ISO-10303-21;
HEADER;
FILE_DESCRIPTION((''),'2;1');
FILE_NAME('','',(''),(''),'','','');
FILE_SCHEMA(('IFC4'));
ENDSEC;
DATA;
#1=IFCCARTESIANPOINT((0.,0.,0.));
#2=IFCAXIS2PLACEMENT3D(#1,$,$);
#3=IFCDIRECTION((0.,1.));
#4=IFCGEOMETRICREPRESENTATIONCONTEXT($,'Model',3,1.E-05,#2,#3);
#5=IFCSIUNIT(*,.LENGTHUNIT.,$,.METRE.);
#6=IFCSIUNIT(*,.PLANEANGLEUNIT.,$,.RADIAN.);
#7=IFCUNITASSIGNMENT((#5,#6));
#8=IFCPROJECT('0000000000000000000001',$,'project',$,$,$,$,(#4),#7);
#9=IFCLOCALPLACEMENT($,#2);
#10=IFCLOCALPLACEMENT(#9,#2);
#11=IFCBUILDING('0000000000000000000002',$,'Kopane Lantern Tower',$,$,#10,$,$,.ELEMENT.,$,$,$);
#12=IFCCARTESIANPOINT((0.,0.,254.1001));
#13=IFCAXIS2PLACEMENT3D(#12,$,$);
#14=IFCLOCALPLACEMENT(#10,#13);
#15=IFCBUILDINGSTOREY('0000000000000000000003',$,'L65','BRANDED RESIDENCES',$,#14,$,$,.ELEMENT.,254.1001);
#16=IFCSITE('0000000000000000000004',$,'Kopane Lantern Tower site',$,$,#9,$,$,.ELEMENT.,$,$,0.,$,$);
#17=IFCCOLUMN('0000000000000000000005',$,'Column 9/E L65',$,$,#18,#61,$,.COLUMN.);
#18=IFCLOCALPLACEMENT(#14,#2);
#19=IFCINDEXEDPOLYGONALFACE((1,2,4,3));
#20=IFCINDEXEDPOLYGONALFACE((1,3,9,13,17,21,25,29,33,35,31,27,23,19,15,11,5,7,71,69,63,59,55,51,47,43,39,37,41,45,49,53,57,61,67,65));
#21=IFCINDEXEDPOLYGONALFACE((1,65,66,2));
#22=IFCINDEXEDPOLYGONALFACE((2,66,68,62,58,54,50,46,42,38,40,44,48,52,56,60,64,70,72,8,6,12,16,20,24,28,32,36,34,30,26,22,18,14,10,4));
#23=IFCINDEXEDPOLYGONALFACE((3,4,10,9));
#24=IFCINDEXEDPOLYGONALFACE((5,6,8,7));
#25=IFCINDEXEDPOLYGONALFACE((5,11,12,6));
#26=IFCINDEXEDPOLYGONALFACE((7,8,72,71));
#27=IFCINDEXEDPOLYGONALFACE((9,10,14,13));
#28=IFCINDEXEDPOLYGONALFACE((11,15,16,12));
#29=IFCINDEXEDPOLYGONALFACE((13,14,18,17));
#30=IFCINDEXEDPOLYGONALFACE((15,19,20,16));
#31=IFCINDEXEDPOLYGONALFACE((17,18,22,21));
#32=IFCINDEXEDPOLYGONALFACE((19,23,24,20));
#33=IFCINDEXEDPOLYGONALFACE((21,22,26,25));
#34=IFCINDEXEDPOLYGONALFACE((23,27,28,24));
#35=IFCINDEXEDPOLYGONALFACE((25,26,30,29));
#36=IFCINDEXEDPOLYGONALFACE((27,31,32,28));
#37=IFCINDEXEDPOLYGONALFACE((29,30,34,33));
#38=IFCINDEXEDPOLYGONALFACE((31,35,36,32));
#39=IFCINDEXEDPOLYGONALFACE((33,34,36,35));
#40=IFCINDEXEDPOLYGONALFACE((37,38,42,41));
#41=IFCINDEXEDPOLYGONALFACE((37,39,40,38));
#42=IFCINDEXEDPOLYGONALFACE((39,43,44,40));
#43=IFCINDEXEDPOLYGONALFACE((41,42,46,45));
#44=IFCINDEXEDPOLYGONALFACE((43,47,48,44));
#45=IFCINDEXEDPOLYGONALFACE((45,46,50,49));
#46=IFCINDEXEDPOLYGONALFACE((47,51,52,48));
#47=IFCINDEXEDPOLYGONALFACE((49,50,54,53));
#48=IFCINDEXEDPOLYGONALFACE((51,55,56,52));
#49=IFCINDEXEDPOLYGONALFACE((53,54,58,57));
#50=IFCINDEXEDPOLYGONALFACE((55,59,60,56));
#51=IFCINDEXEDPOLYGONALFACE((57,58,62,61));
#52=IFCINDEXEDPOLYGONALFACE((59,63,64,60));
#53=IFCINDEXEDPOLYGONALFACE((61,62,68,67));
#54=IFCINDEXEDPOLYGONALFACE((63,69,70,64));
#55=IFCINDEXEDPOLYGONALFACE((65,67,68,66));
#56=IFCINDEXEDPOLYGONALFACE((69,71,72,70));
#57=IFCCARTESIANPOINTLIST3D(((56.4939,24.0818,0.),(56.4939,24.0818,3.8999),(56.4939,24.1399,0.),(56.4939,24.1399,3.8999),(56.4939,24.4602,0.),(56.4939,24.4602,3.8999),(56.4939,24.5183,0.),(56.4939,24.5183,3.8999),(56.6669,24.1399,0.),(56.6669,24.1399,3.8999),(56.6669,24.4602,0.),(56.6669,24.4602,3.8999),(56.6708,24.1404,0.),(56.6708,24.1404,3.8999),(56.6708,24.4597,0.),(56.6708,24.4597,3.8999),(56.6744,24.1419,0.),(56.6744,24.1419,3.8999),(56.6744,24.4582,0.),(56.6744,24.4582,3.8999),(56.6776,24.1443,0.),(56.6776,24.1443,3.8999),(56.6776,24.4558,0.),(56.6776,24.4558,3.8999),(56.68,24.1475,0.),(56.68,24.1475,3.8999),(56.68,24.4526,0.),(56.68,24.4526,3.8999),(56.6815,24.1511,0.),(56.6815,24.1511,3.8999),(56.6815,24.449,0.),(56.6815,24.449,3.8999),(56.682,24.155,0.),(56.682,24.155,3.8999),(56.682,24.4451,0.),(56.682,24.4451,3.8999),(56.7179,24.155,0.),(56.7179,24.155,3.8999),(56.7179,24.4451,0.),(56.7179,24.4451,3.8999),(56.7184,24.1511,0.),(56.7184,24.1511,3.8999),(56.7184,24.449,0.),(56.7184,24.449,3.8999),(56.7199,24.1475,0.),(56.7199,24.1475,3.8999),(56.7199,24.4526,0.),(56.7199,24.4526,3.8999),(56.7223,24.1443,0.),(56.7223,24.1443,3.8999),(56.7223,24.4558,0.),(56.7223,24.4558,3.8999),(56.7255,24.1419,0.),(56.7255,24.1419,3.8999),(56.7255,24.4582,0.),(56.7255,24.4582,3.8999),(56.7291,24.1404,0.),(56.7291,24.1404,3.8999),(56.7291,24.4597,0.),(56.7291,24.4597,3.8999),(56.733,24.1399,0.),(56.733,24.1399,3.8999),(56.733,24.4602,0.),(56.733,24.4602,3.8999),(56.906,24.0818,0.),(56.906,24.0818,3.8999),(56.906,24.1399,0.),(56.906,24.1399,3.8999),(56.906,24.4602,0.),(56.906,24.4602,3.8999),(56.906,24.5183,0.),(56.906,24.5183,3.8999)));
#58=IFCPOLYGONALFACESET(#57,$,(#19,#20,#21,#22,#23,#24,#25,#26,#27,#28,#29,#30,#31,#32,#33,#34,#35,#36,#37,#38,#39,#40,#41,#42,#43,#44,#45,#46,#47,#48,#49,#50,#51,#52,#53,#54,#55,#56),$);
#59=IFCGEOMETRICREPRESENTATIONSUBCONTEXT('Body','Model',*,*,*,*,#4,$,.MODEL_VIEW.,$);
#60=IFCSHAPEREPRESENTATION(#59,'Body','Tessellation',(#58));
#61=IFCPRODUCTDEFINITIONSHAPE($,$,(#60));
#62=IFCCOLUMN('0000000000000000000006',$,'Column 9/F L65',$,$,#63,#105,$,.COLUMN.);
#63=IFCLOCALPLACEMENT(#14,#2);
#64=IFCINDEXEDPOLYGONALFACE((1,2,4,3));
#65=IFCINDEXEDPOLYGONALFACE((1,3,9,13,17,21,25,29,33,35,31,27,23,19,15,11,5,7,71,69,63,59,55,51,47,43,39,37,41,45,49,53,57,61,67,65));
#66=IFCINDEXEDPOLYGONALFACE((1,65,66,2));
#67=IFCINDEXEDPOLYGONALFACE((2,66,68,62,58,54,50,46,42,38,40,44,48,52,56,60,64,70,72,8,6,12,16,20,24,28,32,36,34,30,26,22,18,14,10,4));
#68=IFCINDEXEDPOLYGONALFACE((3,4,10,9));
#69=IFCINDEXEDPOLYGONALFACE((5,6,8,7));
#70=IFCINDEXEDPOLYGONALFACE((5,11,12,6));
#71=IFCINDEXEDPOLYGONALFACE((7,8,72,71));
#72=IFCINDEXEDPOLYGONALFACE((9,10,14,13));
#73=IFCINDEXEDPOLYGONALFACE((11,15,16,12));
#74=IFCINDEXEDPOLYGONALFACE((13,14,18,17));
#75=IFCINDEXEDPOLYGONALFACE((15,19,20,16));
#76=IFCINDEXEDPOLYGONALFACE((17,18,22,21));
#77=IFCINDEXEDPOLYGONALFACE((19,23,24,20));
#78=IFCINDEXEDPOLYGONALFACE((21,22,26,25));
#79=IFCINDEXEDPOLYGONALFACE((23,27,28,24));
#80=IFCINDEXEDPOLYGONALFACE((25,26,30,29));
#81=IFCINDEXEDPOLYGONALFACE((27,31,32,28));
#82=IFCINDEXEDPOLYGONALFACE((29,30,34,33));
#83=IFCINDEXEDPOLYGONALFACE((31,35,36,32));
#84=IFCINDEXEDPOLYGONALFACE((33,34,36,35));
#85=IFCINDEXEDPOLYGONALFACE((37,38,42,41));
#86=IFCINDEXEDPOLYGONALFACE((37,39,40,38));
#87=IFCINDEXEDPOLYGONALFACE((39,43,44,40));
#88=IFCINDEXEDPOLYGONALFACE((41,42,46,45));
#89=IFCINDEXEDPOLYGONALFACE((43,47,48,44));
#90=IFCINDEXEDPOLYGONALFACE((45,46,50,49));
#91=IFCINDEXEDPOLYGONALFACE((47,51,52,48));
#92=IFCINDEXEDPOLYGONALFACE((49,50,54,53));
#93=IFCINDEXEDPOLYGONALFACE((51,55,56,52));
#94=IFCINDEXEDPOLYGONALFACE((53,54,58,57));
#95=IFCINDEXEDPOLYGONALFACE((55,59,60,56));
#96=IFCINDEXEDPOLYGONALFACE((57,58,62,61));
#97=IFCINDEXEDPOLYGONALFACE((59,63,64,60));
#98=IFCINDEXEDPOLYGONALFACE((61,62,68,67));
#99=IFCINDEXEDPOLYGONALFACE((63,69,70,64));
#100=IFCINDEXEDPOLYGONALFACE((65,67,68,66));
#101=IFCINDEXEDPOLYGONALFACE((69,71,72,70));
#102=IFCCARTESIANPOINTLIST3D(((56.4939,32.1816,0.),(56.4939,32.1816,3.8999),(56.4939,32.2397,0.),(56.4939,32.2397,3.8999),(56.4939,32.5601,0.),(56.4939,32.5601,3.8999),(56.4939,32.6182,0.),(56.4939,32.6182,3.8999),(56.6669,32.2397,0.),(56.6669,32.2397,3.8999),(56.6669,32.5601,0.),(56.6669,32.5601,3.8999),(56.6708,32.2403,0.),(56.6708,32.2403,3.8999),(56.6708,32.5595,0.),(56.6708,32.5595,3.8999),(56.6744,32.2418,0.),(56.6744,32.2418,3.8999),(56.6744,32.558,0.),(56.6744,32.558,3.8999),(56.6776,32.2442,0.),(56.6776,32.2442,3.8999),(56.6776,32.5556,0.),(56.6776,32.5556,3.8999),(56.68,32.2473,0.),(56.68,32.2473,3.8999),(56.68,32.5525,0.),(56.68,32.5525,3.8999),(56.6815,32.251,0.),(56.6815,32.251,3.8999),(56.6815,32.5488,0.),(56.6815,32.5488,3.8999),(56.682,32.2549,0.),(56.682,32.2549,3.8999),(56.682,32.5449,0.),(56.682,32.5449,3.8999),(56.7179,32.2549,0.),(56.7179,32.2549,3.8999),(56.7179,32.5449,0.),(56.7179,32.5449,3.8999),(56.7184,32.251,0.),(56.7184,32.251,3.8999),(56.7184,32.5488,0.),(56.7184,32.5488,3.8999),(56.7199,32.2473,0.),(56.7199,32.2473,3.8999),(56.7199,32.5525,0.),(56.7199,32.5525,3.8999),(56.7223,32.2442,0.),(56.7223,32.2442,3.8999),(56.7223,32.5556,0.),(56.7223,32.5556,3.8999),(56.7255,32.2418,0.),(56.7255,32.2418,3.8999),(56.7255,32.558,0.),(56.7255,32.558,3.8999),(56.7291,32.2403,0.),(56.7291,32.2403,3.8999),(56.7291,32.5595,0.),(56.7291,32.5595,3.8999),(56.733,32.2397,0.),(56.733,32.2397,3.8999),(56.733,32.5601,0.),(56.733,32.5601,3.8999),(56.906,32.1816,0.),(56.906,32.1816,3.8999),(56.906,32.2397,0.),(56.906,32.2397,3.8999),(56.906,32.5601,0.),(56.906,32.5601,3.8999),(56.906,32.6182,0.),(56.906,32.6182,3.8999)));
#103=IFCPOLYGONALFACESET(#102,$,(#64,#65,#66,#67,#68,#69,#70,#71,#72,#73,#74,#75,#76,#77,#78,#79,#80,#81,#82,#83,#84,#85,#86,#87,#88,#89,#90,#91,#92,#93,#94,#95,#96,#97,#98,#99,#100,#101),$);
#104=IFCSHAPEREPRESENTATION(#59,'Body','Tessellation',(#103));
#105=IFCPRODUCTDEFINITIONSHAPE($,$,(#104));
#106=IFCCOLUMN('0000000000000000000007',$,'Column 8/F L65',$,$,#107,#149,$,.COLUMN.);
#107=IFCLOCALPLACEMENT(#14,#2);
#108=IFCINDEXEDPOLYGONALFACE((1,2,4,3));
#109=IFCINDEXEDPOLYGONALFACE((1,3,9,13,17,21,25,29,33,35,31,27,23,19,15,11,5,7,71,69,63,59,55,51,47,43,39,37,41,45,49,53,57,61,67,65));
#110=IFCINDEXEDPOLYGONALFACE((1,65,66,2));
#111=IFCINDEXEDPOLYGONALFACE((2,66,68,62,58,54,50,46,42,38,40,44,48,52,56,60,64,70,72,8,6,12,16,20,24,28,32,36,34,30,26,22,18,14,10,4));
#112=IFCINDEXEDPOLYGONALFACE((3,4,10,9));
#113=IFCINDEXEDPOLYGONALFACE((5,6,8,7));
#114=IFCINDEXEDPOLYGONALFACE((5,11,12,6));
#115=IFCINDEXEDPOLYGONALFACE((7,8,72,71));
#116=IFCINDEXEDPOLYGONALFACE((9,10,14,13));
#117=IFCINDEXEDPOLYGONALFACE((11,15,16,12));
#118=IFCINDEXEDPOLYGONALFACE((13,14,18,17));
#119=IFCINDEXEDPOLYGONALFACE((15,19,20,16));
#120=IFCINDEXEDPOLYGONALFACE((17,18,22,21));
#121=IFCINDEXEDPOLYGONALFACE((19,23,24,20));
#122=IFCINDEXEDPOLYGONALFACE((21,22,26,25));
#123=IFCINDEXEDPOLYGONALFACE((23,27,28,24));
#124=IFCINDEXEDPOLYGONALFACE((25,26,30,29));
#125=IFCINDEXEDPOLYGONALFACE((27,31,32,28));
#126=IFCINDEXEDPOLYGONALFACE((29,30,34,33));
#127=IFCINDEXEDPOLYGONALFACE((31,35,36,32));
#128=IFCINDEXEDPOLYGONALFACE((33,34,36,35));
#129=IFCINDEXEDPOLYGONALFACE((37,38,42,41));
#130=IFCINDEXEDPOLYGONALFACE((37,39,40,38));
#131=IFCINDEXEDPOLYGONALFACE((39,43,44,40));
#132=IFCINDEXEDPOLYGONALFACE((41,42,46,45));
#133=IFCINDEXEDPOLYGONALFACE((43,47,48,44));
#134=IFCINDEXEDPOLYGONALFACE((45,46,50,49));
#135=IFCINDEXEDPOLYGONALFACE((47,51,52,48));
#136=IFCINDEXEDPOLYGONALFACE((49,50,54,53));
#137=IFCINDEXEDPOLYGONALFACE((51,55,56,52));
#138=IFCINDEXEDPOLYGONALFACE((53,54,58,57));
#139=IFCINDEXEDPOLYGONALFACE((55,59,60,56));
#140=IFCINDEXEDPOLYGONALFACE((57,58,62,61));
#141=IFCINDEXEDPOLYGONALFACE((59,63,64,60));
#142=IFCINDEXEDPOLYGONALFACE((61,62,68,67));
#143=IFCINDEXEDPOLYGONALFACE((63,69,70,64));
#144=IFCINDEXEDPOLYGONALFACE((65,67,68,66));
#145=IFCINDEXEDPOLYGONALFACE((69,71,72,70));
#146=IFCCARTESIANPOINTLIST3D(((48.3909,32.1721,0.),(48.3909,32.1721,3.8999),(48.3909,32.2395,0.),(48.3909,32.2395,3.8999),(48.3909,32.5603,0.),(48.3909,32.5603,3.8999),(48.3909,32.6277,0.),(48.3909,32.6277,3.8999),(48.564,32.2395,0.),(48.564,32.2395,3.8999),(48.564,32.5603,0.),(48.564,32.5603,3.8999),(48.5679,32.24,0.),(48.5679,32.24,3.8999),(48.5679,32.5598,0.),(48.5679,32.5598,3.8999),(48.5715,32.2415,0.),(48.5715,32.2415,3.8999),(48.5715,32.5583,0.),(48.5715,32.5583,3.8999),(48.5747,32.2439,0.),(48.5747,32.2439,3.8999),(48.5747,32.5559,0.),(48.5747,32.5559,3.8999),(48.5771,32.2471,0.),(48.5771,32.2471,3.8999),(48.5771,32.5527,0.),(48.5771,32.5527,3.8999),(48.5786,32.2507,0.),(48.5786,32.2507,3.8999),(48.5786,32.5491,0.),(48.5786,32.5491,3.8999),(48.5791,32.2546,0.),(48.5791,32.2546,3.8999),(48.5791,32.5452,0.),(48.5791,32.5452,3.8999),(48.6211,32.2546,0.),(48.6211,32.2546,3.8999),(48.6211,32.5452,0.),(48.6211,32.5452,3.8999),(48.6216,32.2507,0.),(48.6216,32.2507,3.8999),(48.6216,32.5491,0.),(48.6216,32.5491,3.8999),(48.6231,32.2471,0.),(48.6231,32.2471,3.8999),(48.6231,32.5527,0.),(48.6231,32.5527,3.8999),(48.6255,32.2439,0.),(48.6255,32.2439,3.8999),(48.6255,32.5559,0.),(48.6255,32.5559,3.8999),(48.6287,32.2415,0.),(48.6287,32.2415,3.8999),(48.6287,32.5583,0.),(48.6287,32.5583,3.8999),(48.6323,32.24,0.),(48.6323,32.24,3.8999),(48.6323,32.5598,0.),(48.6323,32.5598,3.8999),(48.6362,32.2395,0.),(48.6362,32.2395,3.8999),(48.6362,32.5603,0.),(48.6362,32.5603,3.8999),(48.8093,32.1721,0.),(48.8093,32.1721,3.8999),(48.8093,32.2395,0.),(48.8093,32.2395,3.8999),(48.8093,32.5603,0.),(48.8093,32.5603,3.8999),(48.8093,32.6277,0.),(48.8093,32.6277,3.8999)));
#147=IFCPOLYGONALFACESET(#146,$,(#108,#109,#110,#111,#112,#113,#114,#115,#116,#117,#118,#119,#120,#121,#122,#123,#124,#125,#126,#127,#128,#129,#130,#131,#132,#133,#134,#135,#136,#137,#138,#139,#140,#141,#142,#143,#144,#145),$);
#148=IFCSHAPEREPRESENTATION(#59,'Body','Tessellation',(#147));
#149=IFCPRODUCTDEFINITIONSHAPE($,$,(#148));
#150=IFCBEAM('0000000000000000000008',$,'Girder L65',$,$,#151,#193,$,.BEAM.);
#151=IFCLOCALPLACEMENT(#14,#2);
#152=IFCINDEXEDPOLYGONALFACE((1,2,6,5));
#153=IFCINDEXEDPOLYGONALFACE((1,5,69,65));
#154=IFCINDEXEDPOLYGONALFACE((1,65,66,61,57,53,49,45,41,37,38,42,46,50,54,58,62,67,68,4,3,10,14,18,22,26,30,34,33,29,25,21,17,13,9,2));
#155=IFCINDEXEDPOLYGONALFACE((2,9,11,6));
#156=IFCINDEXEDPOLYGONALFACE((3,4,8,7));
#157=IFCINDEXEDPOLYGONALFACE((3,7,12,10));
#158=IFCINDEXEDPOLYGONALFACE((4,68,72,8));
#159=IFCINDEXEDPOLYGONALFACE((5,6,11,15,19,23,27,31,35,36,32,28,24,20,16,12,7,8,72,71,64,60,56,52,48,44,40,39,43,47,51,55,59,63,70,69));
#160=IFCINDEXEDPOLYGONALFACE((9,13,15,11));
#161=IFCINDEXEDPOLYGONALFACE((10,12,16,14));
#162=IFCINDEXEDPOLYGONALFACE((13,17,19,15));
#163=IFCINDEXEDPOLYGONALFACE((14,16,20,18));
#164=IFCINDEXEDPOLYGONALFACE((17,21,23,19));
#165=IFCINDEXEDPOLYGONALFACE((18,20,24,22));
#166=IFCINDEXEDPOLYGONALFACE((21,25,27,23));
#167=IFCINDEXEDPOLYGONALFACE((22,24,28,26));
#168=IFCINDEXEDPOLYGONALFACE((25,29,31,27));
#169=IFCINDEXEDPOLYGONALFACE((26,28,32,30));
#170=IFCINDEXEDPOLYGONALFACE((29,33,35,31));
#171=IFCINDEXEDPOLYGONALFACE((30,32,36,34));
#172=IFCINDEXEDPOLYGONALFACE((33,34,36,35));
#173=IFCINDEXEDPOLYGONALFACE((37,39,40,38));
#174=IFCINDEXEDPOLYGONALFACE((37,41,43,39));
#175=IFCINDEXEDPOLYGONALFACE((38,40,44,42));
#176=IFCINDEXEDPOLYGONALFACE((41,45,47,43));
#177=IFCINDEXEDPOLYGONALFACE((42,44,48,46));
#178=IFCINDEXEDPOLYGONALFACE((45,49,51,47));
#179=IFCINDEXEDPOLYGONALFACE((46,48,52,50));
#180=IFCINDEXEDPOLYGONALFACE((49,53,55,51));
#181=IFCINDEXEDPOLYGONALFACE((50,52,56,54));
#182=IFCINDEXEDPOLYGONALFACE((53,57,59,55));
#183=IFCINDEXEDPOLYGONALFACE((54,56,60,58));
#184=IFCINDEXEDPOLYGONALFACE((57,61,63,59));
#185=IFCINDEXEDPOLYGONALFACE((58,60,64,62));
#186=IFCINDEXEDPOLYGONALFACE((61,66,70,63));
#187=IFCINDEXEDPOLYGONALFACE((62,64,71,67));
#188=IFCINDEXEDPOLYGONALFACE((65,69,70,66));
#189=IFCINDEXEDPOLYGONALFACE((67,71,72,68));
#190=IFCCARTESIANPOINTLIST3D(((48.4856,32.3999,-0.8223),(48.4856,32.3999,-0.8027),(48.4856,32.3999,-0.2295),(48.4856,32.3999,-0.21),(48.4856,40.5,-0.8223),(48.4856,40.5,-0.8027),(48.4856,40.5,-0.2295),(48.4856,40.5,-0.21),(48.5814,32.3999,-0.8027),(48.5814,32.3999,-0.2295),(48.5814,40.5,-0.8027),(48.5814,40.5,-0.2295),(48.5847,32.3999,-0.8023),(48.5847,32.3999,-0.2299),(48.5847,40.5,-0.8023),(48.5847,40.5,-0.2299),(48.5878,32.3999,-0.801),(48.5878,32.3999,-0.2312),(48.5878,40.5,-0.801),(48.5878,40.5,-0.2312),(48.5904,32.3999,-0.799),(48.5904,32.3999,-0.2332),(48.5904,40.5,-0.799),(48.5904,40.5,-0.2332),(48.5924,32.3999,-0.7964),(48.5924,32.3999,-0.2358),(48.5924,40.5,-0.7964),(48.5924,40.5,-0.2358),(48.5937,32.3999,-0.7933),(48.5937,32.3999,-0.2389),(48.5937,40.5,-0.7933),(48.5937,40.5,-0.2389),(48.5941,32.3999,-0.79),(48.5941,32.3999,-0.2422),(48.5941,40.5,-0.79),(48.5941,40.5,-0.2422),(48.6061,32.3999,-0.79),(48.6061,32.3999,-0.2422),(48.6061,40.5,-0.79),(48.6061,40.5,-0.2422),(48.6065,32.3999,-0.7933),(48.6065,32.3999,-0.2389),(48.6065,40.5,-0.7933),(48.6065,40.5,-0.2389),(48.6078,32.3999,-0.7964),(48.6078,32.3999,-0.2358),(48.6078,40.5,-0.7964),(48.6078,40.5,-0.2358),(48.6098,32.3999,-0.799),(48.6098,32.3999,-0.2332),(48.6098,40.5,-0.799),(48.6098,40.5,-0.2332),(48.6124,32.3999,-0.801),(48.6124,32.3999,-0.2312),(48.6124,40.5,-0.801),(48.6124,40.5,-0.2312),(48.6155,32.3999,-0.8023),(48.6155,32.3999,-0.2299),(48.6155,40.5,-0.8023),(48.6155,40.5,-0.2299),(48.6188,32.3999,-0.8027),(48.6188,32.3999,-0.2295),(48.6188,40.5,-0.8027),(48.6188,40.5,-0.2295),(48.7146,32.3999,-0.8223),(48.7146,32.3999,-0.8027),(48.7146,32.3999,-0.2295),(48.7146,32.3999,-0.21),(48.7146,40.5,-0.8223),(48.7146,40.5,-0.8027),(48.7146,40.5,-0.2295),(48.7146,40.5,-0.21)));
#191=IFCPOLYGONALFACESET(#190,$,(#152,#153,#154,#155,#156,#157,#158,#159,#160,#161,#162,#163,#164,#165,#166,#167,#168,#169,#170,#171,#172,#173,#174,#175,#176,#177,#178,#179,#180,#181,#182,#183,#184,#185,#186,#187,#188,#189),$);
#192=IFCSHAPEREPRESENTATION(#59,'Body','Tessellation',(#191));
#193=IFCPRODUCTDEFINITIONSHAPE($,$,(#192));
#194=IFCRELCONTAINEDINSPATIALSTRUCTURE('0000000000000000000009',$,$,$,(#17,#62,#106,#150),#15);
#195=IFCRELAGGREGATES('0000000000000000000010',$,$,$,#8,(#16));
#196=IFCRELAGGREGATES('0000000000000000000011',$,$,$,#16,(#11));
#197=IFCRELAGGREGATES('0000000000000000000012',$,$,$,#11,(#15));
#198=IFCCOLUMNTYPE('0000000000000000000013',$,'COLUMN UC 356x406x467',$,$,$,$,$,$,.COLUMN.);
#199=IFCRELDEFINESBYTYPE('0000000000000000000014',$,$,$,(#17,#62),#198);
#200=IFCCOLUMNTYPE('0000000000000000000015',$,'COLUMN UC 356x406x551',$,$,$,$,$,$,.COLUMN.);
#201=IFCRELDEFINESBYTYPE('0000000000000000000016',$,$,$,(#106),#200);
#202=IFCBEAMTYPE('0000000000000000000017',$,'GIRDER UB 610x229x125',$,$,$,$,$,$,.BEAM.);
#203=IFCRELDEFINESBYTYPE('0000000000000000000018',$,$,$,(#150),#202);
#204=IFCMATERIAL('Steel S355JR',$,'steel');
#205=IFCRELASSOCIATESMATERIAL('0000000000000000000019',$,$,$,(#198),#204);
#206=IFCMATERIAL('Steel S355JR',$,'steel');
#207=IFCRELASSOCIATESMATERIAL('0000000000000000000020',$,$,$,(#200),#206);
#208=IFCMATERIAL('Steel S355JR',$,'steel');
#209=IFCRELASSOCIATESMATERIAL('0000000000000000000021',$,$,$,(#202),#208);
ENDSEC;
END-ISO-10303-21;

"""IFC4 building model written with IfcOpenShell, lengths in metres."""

from ifc_helpers import new_model, si_unit, direction, frame, origin, origin_2d, place, context, subcontext, project, spatial, i_section, extrude, material, material_profile, profile_set, type_object, element, save


model = new_model("IFC4")

# Units and contexts
model_context = context("Model", 3, precision=1e-05, world=origin(), true_north=direction((0.0, 1.0)))
body_context = subcontext(model_context, "Body", "Model", "MODEL_VIEW")
ifc_project = project(units=[si_unit("LENGTHUNIT", "METRE"), si_unit("PLANEANGLEUNIT", "RADIAN")], contexts=[model_context])

# Site, building, storey
site_placement = place(None, origin())
site = spatial("IfcSite", under=ifc_project, at=site_placement, Name="Kopane Lantern Tower site", CompositionType="ELEMENT", RefElevation=0.0)
building_placement = place(site_placement, origin())
building = spatial("IfcBuilding", under=site, at=building_placement, Name="Kopane Lantern Tower", CompositionType="ELEMENT")
storey_placement = place(building_placement, frame((0.0, 0.0, 254.1001)))
storey = spatial("IfcBuildingStorey", under=building, at=storey_placement, Name="L65", Description="BRANDED RESIDENCES", CompositionType="ELEMENT", Elevation=254.1001)

# Columns
ifc_material_1 = material(Name="Steel S355JR", Category="steel")
ifc_material_profile_1 = material_profile(ifc_material_1, i_section(OverallWidth=0.4121, OverallDepth=0.4365, WebThickness=0.0359, FlangeThickness=0.0581, FilletRadius=0.0151, at=origin_2d()), Name="UC 356x406x467")
ifc_profile_set_1 = profile_set([ifc_material_profile_1], Name="Steel S355JR")
column_type_1 = type_object("IfcColumnType", Name="COLUMN UC 356x406x467", PredefinedType="COLUMN", material=ifc_profile_set_1)
for number, where, z_axis, x_axis, name in (
    (1, (56.7, 24.3, 0.0), (0.0, 0.0, 1.0), (1.0, 0.0, 0.0), "Column 9/E L65"),
    (2, (56.7, 32.3999, 0.0), (0.0, 0.0, 1.0), (1.0, 0.0, 0.0), "Column 9/F L65"),
):
    element("IfcColumn", number, at=place(storey_placement, frame(where, z_axis=z_axis, x_axis=x_axis)), inside=storey, type_object=column_type_1, Name=name, PredefinedType="COLUMN", context=body_context, shape_type="SweptSolid", body=[
        extrude(i_section(OverallWidth=0.4121, OverallDepth=0.4365, WebThickness=0.0359, FlangeThickness=0.0581, FilletRadius=0.0151, at=origin_2d()), origin(), (0.0, 0.0, 1.0), 3.8999),
    ])
ifc_material_2 = material(Name="Steel S355JR", Category="steel")
ifc_material_profile_2 = material_profile(ifc_material_2, i_section(OverallWidth=0.4185, OverallDepth=0.4556, WebThickness=0.042, FlangeThickness=0.0674, FilletRadius=0.0151, at=origin_2d()), Name="UC 356x406x551")
ifc_profile_set_2 = profile_set([ifc_material_profile_2], Name="Steel S355JR")
column_type_2 = type_object("IfcColumnType", Name="COLUMN UC 356x406x551", PredefinedType="COLUMN", material=ifc_profile_set_2)
column_placement = place(storey_placement, frame((48.6001, 32.3999, 0.0), z_axis=(0.0, 0.0, 1.0), x_axis=(1.0, 0.0, 0.0)))
element("IfcColumn", 3, at=column_placement, inside=storey, type_object=column_type_2, Name="Column 8/F L65", PredefinedType="COLUMN", context=body_context, shape_type="SweptSolid", body=[
    extrude(i_section(OverallWidth=0.4185, OverallDepth=0.4556, WebThickness=0.042, FlangeThickness=0.0674, FilletRadius=0.0151, at=origin_2d()), origin(), (0.0, 0.0, 1.0), 3.8999),
])

# Beam
ifc_material_3 = material(Name="Steel S355JR", Category="steel")
ifc_material_profile_3 = material_profile(ifc_material_3, i_section(OverallWidth=0.229, OverallDepth=0.6123, WebThickness=0.012, FlangeThickness=0.0195, FilletRadius=0.0127, at=origin_2d()), Name="UB 610x229x125")
ifc_profile_set_3 = profile_set([ifc_material_profile_3], Name="Steel S355JR")
beam_type = type_object("IfcBeamType", Name="GIRDER UB 610x229x125", PredefinedType="BEAM", material=ifc_profile_set_3)
beam_1_placement = place(storey_placement, frame((48.6001, 32.3999, -0.5161), z_axis=(0.0, 1.0, 0.0), x_axis=(-1.0, 0.0, 0.0)))
element("IfcBeam", 4, at=beam_1_placement, inside=storey, type_object=beam_type, Name="Girder L65", PredefinedType="BEAM", context=body_context, shape_type="SweptSolid", body=[
    extrude(i_section(OverallWidth=0.229, OverallDepth=0.6123, WebThickness=0.012, FlangeThickness=0.0195, FilletRadius=0.0127, at=origin_2d()), origin(), (0.0, 0.0, 1.0), 8.1001),
])

save(model, "model.ifc")
